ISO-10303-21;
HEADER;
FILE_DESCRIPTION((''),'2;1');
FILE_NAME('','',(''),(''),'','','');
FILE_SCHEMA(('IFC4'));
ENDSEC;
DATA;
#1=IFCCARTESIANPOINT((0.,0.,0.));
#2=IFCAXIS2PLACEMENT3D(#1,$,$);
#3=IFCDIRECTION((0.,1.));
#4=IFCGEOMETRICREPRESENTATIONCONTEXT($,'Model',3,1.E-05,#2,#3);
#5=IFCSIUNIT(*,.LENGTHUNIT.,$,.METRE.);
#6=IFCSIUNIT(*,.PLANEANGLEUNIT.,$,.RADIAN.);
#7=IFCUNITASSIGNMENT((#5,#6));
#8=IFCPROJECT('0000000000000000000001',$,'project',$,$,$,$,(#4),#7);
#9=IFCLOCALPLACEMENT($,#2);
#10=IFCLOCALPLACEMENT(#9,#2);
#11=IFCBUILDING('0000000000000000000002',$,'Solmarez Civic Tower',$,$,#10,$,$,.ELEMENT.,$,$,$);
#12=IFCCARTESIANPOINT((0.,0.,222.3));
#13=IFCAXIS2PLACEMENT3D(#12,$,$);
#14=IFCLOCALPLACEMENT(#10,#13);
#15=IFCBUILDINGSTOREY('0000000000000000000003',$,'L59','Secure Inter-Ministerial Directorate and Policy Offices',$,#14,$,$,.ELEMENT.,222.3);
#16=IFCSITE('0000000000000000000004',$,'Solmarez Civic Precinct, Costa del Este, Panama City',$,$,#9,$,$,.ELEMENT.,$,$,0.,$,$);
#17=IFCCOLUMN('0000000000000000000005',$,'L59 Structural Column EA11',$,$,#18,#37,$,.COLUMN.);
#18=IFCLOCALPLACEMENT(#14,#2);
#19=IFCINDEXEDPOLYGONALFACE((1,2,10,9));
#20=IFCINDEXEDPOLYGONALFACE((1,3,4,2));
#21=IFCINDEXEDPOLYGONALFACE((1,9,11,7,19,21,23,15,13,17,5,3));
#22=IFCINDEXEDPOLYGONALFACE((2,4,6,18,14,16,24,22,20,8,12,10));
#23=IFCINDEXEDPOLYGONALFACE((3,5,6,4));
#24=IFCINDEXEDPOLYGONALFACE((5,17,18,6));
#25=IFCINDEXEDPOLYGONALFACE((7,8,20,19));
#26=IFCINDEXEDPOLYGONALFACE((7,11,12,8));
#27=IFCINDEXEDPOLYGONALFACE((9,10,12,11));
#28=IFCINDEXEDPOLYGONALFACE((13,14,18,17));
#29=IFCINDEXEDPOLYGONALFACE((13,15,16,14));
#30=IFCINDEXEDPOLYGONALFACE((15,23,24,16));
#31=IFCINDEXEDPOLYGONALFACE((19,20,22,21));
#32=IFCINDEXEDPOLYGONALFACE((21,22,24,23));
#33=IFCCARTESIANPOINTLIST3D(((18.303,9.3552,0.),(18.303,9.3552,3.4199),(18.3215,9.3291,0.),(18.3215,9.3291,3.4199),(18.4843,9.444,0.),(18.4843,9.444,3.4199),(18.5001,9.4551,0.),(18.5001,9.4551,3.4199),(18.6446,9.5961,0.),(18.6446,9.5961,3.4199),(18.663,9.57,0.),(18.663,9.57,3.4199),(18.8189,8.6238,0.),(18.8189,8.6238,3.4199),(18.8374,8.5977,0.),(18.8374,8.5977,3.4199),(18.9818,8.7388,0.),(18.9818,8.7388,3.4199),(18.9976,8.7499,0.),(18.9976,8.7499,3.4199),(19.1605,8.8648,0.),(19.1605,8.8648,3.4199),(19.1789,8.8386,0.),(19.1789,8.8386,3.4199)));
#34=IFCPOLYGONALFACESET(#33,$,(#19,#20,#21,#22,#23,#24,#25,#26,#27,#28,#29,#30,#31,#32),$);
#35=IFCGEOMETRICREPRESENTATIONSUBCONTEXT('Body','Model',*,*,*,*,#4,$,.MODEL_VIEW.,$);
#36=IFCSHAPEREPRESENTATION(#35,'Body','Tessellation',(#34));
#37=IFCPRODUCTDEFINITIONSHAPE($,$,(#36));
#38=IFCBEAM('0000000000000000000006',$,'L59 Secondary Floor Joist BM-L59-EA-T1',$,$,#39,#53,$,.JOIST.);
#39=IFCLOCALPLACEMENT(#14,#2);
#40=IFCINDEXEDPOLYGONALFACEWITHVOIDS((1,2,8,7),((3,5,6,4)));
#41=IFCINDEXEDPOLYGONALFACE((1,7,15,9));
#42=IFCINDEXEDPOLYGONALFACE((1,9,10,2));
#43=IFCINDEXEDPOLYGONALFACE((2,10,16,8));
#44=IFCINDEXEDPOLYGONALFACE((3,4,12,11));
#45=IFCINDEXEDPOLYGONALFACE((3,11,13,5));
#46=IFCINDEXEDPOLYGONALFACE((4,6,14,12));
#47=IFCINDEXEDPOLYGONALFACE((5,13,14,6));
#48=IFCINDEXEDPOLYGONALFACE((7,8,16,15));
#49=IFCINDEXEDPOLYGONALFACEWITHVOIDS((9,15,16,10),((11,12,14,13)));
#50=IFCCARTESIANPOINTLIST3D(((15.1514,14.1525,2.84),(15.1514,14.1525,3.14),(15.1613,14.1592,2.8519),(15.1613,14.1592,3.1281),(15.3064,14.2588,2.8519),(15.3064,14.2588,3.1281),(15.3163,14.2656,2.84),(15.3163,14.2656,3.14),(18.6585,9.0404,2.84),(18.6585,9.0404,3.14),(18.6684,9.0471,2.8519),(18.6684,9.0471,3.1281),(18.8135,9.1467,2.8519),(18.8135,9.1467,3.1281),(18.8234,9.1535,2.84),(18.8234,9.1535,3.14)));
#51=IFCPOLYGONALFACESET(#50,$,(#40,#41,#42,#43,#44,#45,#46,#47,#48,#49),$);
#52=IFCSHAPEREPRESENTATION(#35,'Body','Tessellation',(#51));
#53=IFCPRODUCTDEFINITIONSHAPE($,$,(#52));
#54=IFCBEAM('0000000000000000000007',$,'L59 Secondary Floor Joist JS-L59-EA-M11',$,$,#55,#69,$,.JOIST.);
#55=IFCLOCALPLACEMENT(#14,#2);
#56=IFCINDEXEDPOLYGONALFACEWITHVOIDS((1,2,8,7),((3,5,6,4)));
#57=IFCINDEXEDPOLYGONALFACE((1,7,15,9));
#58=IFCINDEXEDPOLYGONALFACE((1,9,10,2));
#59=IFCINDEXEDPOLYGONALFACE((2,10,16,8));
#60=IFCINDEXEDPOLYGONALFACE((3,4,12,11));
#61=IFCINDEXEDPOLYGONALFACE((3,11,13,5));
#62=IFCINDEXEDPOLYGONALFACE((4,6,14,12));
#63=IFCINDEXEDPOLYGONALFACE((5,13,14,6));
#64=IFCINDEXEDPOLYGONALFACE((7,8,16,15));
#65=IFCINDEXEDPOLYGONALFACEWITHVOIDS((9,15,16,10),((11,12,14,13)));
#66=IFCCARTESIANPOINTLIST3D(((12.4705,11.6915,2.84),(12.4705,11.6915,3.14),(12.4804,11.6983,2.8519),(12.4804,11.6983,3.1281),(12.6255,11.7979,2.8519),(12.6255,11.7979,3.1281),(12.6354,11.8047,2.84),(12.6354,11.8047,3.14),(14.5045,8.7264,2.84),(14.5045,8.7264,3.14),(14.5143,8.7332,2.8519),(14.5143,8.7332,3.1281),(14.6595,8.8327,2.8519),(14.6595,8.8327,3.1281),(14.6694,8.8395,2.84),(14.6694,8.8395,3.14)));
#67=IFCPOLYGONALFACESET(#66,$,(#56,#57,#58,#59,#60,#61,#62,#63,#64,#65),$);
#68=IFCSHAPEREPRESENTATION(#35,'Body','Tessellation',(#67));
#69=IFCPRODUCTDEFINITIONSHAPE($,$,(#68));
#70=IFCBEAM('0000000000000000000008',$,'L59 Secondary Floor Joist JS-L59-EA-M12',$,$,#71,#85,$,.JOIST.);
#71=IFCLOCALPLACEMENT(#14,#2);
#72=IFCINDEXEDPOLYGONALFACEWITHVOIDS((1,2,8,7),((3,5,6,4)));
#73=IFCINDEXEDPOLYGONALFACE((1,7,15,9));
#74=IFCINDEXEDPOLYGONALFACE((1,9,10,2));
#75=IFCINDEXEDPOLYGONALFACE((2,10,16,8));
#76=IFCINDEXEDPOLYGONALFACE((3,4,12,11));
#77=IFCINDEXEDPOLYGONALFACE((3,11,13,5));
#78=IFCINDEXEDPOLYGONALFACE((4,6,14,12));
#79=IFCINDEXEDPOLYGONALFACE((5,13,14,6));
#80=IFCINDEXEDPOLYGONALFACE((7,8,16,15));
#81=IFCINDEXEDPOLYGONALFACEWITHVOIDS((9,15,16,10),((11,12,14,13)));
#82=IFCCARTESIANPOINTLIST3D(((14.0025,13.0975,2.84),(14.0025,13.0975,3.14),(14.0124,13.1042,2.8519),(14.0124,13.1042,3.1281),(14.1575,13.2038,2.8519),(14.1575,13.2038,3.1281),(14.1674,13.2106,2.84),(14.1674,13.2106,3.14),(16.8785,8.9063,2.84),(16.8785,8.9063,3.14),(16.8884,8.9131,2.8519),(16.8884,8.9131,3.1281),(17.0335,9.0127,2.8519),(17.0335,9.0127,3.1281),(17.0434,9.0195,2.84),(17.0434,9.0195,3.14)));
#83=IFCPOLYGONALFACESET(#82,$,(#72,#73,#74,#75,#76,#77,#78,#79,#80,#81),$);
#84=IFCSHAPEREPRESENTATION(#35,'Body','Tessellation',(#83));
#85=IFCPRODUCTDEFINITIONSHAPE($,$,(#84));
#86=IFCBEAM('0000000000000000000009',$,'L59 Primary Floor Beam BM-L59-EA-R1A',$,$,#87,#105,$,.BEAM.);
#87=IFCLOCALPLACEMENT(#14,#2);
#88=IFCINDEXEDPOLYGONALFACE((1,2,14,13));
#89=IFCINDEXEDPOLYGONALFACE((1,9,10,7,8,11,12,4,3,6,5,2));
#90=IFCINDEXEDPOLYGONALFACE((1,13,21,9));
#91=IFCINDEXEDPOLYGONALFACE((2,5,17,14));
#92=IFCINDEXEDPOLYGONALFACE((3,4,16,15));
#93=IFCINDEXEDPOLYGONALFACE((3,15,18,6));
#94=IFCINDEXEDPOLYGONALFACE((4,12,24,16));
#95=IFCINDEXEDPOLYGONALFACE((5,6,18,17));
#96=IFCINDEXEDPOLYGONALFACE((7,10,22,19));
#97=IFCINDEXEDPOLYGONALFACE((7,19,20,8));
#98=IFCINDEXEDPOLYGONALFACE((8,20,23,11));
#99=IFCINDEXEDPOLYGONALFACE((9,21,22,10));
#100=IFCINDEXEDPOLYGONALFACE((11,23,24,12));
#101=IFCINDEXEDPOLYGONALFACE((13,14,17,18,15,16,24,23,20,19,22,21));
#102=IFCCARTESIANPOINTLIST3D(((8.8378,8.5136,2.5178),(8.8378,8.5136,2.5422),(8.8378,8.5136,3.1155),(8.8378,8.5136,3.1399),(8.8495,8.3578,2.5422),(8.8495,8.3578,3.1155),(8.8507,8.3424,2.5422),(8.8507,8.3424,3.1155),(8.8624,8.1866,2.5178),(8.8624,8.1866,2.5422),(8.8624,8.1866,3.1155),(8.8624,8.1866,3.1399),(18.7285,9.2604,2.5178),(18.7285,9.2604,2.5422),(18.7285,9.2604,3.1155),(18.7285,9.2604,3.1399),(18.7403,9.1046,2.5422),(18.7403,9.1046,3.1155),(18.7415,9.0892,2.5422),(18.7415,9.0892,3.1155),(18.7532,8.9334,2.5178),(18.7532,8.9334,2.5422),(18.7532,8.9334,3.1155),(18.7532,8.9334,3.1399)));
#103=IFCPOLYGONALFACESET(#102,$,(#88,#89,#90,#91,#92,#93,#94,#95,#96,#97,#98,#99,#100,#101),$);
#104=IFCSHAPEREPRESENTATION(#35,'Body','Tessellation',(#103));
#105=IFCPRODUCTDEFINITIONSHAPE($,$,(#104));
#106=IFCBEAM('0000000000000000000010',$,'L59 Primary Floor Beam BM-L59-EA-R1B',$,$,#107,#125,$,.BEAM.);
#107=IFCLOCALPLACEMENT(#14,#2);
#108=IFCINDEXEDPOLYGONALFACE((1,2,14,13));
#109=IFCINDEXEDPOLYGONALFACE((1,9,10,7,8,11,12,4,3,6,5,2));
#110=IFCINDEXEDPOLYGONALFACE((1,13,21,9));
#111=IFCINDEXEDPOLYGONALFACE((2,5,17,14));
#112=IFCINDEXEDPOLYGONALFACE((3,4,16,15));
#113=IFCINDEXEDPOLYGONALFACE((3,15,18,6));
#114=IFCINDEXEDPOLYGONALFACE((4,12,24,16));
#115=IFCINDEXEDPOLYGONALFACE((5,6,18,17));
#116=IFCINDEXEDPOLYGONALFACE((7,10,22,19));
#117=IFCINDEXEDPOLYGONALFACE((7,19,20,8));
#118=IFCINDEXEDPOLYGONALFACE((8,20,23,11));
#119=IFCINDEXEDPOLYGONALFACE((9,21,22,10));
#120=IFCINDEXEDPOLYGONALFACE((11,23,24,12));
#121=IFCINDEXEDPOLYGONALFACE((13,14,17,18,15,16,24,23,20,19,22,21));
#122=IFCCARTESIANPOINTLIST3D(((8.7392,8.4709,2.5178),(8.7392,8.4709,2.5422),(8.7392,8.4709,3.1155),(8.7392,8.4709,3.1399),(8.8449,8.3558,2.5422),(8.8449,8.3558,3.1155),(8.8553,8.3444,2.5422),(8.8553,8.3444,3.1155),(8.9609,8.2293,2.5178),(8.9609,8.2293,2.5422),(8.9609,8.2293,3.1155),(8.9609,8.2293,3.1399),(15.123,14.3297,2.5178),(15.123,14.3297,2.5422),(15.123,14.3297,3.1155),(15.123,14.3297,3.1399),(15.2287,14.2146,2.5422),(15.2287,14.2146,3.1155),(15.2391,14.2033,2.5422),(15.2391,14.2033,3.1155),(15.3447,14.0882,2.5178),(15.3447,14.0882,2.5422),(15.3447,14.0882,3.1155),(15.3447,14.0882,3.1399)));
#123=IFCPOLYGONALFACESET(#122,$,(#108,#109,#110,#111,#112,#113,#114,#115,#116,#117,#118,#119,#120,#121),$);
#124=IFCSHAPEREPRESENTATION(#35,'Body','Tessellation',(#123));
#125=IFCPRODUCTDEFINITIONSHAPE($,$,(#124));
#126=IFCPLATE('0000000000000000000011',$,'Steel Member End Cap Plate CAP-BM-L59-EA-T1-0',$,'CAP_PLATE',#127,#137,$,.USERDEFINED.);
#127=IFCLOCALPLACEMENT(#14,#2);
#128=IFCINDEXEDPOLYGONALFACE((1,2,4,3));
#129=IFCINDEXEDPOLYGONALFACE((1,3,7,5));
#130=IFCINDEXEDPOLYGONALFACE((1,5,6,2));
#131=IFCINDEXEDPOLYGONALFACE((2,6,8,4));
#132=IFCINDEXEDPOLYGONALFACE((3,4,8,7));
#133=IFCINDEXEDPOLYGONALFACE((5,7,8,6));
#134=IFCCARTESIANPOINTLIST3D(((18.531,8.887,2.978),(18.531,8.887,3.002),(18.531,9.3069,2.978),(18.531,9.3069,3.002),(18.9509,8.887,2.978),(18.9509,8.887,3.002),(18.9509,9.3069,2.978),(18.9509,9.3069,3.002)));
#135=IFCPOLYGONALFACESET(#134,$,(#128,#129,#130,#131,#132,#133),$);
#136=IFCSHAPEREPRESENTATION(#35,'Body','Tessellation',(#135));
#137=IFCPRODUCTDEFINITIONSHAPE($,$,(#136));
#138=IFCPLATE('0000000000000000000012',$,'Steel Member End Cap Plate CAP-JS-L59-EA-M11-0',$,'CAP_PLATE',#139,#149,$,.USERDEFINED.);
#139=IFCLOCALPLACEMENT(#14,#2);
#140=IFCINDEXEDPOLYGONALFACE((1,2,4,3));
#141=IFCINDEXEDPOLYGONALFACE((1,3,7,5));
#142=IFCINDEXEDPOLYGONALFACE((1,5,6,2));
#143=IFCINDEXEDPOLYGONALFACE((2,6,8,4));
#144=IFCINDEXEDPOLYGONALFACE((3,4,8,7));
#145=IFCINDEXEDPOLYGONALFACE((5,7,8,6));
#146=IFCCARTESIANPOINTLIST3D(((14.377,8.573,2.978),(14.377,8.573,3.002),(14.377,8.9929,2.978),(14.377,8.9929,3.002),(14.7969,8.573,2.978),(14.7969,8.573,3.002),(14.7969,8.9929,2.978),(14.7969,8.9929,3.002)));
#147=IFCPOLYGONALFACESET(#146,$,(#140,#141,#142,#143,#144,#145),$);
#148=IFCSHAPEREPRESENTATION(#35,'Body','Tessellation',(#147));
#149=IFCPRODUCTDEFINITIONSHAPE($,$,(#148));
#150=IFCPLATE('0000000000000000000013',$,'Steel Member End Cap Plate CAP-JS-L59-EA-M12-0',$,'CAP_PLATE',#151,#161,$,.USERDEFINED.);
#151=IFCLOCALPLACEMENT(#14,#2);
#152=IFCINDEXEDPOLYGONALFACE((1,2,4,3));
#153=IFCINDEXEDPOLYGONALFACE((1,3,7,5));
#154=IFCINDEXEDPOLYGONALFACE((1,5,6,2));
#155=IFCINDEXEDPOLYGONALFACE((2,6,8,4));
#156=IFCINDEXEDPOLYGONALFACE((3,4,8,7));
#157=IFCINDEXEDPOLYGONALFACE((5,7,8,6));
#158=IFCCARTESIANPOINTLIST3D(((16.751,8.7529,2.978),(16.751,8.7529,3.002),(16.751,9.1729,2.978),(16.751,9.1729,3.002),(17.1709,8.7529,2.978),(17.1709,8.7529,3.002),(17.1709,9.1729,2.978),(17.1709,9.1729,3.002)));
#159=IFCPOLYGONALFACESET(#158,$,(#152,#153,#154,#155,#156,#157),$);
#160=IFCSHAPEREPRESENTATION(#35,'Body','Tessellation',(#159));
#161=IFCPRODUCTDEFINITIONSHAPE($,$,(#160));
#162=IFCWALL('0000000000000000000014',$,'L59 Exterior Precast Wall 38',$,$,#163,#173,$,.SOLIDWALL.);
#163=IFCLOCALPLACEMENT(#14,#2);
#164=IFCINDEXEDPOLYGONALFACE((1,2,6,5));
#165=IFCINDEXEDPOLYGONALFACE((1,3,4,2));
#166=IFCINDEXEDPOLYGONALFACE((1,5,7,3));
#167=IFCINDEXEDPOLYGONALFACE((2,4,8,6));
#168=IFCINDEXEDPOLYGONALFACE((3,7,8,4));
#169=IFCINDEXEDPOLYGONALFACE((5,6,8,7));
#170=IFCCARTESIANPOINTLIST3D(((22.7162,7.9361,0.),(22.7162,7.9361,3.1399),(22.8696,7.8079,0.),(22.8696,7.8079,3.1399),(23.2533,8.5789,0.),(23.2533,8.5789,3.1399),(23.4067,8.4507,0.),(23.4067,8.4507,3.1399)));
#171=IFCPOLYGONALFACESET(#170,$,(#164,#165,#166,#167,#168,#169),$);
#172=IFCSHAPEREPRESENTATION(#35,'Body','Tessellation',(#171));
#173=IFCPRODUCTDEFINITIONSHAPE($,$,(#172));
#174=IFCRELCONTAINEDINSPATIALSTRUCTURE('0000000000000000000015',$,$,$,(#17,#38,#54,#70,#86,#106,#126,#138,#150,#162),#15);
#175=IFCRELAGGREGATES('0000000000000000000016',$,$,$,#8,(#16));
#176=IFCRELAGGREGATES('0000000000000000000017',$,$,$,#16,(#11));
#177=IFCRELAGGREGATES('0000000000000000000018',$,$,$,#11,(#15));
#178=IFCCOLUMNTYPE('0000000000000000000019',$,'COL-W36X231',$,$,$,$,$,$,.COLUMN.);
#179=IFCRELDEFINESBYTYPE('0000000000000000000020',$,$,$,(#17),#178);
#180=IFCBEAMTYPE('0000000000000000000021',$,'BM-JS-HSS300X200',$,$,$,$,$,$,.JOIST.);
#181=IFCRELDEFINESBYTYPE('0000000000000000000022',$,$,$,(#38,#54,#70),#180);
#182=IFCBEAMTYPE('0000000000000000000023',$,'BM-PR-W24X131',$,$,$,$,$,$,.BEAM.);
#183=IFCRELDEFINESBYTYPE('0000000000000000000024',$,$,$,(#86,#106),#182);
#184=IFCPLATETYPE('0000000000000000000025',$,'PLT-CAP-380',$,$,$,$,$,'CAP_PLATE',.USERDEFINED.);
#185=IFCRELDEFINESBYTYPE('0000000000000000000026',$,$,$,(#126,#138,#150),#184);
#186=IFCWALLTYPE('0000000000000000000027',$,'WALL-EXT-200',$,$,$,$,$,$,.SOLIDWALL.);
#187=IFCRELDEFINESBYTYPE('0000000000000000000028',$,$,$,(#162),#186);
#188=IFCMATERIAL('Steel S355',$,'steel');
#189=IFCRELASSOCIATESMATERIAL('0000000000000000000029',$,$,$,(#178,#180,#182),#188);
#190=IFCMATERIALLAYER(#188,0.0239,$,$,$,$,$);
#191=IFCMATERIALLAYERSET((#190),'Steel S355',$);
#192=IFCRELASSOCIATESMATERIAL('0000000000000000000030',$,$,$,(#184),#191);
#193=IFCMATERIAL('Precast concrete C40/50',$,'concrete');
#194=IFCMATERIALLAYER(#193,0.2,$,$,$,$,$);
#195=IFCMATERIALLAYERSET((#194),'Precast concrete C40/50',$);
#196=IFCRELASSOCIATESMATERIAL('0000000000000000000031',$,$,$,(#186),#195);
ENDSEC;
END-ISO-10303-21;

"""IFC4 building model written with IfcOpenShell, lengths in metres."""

from ifc_helpers import new_model, si_unit, direction, frame, frame_2d, origin, origin_2d, place, context, subcontext, project, spatial, rectangle, hollow_rectangle, i_section, extrude, material, layer, layer_set, material_profile, profile_set, type_object, element, save


model = new_model("IFC4")

# Units and contexts
model_context = context("Model", 3, precision=1e-05, world=origin(), true_north=direction((0.0, 1.0)))
body_context = subcontext(model_context, "Body", "Model", "MODEL_VIEW")
ifc_project = project(units=[si_unit("LENGTHUNIT", "METRE"), si_unit("PLANEANGLEUNIT", "RADIAN")], contexts=[model_context])

# Site, building, storey
site_placement = place(None, origin())
site = spatial("IfcSite", under=ifc_project, at=site_placement, Name="Solmarez Civic Precinct, Costa del Este, Panama City", CompositionType="ELEMENT", RefElevation=0.0)
building_placement = place(site_placement, origin())
building = spatial("IfcBuilding", under=site, at=building_placement, Name="Solmarez Civic Tower", CompositionType="ELEMENT")
storey_placement = place(building_placement, frame((0.0, 0.0, 222.3)))
storey = spatial("IfcBuildingStorey", under=building, at=storey_placement, Name="L59", Description="Secure Inter-Ministerial Directorate and Policy Offices", CompositionType="ELEMENT", Elevation=222.3)

# Column
ifc_material_1 = material(Name="Steel S355", Category="steel")
ifc_material_profile_1 = material_profile(ifc_material_1, i_section(OverallWidth=0.418, OverallDepth=0.927, WebThickness=0.0193, FlangeThickness=0.032, at=origin_2d()), Name="W36X231")
ifc_profile_set_1 = profile_set([ifc_material_profile_1], Name="Steel S355")
column_type = type_object("IfcColumnType", Name="COL-W36X231", PredefinedType="COLUMN", material=ifc_profile_set_1)
column_placement = place(storey_placement, frame((18.741, 9.0969, 0.0), z_axis=(0.0, 0.0, 1.0), x_axis=(0.817145, 0.576432, 0.0)))
element("IfcColumn", 1, at=column_placement, inside=storey, type_object=column_type, Name="L59 Structural Column EA11", PredefinedType="COLUMN", context=body_context, shape_type="SweptSolid", body=[
    extrude(i_section(OverallWidth=0.418, OverallDepth=0.927, WebThickness=0.0193, FlangeThickness=0.032, at=origin_2d()), origin(), (0.0, 0.0, 1.0), 3.4199),
])

# Beams
ifc_material_profile_2 = material_profile(ifc_material_1, hollow_rectangle(XDim=0.2, YDim=0.3, WallThickness=0.012, at=origin_2d()), Name="HSS300X200X12")
ifc_profile_set_2 = profile_set([ifc_material_profile_2], Name="Steel S355")
beam_type_1 = type_object("IfcBeamType", Name="BM-JS-HSS300X200", PredefinedType="JOIST", material=ifc_profile_set_2)
beam_1_placement = place(storey_placement, frame((18.741, 9.0969, 2.99), z_axis=(-0.565711, 0.824603, 0.0), x_axis=(-0.824603, -0.565711, 0.0)))
element("IfcBeam", 2, at=beam_1_placement, inside=storey, type_object=beam_type_1, Name="L59 Secondary Floor Joist BM-L59-EA-T1", PredefinedType="JOIST", context=body_context, shape_type="SweptSolid", body=[
    extrude(hollow_rectangle(XDim=0.2, YDim=0.3, WallThickness=0.012, at=origin_2d()), origin(), (0.0, 0.0, 1.0), 6.1995),
])
beam_2_placement = place(storey_placement, frame((14.5869, 8.783, 2.99), z_axis=(-0.565667, 0.824634, 0.0), x_axis=(-0.824634, -0.565667, 0.0)))
element("IfcBeam", 3, at=beam_2_placement, inside=storey, type_object=beam_type_1, Name="L59 Secondary Floor Joist JS-L59-EA-M11", PredefinedType="JOIST", context=body_context, shape_type="SweptSolid", body=[
    extrude(hollow_rectangle(XDim=0.2, YDim=0.3, WallThickness=0.012, at=origin_2d()), origin(), (0.0, 0.0, 1.0), 3.5957),
])
beam_3_placement = place(storey_placement, frame((16.9609, 8.9629, 2.99), z_axis=(-0.565801, 0.824542, 0.0), x_axis=(-0.824542, -0.565801, 0.0)))
element("IfcBeam", 4, at=beam_3_placement, inside=storey, type_object=beam_type_1, Name="L59 Secondary Floor Joist JS-L59-EA-M12", PredefinedType="JOIST", context=body_context, shape_type="SweptSolid", body=[
    extrude(hollow_rectangle(XDim=0.2, YDim=0.3, WallThickness=0.012, at=origin_2d()), origin(), (0.0, 0.0, 1.0), 5.083),
])
ifc_material_profile_3 = material_profile(ifc_material_1, i_section(OverallWidth=0.3279, OverallDepth=0.6221, WebThickness=0.0154, FlangeThickness=0.0244, at=origin_2d()), Name="W24X131")
ifc_profile_set_3 = profile_set([ifc_material_profile_3], Name="Steel S355")
beam_type_2 = type_object("IfcBeamType", Name="BM-PR-W24X131", PredefinedType="BEAM", material=ifc_profile_set_3)
beam_4_placement = place(storey_placement, frame((8.8501, 8.3501, 2.8289), z_axis=(0.997162, 0.075292, 0.0), x_axis=(-0.075292, 0.997162, 0.0)))
element("IfcBeam", 5, at=beam_4_placement, inside=storey, type_object=beam_type_2, Name="L59 Primary Floor Beam BM-L59-EA-R1A", PredefinedType="BEAM", context=body_context, shape_type="SweptSolid", body=[
    extrude(i_section(OverallWidth=0.3279, OverallDepth=0.6221, WebThickness=0.0154, FlangeThickness=0.0244, at=origin_2d()), origin(), (0.0, 0.0, 1.0), 9.9189),
])
beam_5_placement = place(storey_placement, frame((8.8501, 8.3501, 2.8289), z_axis=(0.736747, 0.676169, 0.0), x_axis=(-0.676169, 0.736747, 0.0)))
element("IfcBeam", 6, at=beam_5_placement, inside=storey, type_object=beam_type_2, Name="L59 Primary Floor Beam BM-L59-EA-R1B", PredefinedType="BEAM", context=body_context, shape_type="SweptSolid", body=[
    extrude(i_section(OverallWidth=0.3279, OverallDepth=0.6221, WebThickness=0.0154, FlangeThickness=0.0244, at=origin_2d()), origin(), (0.0, 0.0, 1.0), 8.6648),
])

# Plates
ifc_layer_1 = layer(ifc_material_1, 0.0239)
ifc_layer_set_1 = layer_set([ifc_layer_1], Name="Steel S355")
plate_type = type_object("IfcPlateType", Name="PLT-CAP-380", ElementType="CAP_PLATE", PredefinedType="USERDEFINED", material=ifc_layer_set_1)
for number, where, z_axis, x_axis, name in (
    (7, (18.741, 9.0969, 2.978), (0.0, 0.0, 1.0), (1.0, 0.0, 0.0), "Steel Member End Cap Plate CAP-BM-L59-EA-T1-0"),
    (8, (14.5869, 8.783, 2.978), (0.0, 0.0, 1.0), (1.0, 0.0, 0.0), "Steel Member End Cap Plate CAP-JS-L59-EA-M11-0"),
    (9, (16.9609, 8.9629, 2.978), (0.0, 0.0, 1.0), (1.0, 0.0, 0.0), "Steel Member End Cap Plate CAP-JS-L59-EA-M12-0"),
):
    element("IfcPlate", number, at=place(storey_placement, frame(where, z_axis=z_axis, x_axis=x_axis)), inside=storey, type_object=plate_type, Name=name, ObjectType="CAP_PLATE", PredefinedType="USERDEFINED", context=body_context, shape_type="SweptSolid", body=[
        extrude(rectangle(XDim=0.4199, YDim=0.4199, at=origin_2d()), origin(), (0.0, 0.0, 1.0), 0.0239),
    ])

# Wall
ifc_material_2 = material(Name="Precast concrete C40/50", Category="concrete")
ifc_layer_2 = layer(ifc_material_2, 0.2)
ifc_layer_set_2 = layer_set([ifc_layer_2], Name="Precast concrete C40/50")
wall_type_1 = type_object("IfcWallType", Name="WALL-EXT-200", PredefinedType="SOLIDWALL", material=ifc_layer_set_2)
wall_1_placement = place(storey_placement, frame((23.3301, 8.5149, 0.0), z_axis=(0.0, 0.0, 1.0), x_axis=(-0.641187, -0.767385, 0.0)))
element("IfcWall", 10, at=wall_1_placement, inside=storey, type_object=wall_type_1, Name="L59 Exterior Precast Wall 38", PredefinedType="SOLIDWALL", context=body_context, shape_type="SweptSolid", body=[
    extrude(rectangle(XDim=0.8376, YDim=0.2, at=frame_2d((0.4189, 0.0))), origin(), (0.0, 0.0, 1.0), 3.1399),
])

save(model, "model.ifc")
